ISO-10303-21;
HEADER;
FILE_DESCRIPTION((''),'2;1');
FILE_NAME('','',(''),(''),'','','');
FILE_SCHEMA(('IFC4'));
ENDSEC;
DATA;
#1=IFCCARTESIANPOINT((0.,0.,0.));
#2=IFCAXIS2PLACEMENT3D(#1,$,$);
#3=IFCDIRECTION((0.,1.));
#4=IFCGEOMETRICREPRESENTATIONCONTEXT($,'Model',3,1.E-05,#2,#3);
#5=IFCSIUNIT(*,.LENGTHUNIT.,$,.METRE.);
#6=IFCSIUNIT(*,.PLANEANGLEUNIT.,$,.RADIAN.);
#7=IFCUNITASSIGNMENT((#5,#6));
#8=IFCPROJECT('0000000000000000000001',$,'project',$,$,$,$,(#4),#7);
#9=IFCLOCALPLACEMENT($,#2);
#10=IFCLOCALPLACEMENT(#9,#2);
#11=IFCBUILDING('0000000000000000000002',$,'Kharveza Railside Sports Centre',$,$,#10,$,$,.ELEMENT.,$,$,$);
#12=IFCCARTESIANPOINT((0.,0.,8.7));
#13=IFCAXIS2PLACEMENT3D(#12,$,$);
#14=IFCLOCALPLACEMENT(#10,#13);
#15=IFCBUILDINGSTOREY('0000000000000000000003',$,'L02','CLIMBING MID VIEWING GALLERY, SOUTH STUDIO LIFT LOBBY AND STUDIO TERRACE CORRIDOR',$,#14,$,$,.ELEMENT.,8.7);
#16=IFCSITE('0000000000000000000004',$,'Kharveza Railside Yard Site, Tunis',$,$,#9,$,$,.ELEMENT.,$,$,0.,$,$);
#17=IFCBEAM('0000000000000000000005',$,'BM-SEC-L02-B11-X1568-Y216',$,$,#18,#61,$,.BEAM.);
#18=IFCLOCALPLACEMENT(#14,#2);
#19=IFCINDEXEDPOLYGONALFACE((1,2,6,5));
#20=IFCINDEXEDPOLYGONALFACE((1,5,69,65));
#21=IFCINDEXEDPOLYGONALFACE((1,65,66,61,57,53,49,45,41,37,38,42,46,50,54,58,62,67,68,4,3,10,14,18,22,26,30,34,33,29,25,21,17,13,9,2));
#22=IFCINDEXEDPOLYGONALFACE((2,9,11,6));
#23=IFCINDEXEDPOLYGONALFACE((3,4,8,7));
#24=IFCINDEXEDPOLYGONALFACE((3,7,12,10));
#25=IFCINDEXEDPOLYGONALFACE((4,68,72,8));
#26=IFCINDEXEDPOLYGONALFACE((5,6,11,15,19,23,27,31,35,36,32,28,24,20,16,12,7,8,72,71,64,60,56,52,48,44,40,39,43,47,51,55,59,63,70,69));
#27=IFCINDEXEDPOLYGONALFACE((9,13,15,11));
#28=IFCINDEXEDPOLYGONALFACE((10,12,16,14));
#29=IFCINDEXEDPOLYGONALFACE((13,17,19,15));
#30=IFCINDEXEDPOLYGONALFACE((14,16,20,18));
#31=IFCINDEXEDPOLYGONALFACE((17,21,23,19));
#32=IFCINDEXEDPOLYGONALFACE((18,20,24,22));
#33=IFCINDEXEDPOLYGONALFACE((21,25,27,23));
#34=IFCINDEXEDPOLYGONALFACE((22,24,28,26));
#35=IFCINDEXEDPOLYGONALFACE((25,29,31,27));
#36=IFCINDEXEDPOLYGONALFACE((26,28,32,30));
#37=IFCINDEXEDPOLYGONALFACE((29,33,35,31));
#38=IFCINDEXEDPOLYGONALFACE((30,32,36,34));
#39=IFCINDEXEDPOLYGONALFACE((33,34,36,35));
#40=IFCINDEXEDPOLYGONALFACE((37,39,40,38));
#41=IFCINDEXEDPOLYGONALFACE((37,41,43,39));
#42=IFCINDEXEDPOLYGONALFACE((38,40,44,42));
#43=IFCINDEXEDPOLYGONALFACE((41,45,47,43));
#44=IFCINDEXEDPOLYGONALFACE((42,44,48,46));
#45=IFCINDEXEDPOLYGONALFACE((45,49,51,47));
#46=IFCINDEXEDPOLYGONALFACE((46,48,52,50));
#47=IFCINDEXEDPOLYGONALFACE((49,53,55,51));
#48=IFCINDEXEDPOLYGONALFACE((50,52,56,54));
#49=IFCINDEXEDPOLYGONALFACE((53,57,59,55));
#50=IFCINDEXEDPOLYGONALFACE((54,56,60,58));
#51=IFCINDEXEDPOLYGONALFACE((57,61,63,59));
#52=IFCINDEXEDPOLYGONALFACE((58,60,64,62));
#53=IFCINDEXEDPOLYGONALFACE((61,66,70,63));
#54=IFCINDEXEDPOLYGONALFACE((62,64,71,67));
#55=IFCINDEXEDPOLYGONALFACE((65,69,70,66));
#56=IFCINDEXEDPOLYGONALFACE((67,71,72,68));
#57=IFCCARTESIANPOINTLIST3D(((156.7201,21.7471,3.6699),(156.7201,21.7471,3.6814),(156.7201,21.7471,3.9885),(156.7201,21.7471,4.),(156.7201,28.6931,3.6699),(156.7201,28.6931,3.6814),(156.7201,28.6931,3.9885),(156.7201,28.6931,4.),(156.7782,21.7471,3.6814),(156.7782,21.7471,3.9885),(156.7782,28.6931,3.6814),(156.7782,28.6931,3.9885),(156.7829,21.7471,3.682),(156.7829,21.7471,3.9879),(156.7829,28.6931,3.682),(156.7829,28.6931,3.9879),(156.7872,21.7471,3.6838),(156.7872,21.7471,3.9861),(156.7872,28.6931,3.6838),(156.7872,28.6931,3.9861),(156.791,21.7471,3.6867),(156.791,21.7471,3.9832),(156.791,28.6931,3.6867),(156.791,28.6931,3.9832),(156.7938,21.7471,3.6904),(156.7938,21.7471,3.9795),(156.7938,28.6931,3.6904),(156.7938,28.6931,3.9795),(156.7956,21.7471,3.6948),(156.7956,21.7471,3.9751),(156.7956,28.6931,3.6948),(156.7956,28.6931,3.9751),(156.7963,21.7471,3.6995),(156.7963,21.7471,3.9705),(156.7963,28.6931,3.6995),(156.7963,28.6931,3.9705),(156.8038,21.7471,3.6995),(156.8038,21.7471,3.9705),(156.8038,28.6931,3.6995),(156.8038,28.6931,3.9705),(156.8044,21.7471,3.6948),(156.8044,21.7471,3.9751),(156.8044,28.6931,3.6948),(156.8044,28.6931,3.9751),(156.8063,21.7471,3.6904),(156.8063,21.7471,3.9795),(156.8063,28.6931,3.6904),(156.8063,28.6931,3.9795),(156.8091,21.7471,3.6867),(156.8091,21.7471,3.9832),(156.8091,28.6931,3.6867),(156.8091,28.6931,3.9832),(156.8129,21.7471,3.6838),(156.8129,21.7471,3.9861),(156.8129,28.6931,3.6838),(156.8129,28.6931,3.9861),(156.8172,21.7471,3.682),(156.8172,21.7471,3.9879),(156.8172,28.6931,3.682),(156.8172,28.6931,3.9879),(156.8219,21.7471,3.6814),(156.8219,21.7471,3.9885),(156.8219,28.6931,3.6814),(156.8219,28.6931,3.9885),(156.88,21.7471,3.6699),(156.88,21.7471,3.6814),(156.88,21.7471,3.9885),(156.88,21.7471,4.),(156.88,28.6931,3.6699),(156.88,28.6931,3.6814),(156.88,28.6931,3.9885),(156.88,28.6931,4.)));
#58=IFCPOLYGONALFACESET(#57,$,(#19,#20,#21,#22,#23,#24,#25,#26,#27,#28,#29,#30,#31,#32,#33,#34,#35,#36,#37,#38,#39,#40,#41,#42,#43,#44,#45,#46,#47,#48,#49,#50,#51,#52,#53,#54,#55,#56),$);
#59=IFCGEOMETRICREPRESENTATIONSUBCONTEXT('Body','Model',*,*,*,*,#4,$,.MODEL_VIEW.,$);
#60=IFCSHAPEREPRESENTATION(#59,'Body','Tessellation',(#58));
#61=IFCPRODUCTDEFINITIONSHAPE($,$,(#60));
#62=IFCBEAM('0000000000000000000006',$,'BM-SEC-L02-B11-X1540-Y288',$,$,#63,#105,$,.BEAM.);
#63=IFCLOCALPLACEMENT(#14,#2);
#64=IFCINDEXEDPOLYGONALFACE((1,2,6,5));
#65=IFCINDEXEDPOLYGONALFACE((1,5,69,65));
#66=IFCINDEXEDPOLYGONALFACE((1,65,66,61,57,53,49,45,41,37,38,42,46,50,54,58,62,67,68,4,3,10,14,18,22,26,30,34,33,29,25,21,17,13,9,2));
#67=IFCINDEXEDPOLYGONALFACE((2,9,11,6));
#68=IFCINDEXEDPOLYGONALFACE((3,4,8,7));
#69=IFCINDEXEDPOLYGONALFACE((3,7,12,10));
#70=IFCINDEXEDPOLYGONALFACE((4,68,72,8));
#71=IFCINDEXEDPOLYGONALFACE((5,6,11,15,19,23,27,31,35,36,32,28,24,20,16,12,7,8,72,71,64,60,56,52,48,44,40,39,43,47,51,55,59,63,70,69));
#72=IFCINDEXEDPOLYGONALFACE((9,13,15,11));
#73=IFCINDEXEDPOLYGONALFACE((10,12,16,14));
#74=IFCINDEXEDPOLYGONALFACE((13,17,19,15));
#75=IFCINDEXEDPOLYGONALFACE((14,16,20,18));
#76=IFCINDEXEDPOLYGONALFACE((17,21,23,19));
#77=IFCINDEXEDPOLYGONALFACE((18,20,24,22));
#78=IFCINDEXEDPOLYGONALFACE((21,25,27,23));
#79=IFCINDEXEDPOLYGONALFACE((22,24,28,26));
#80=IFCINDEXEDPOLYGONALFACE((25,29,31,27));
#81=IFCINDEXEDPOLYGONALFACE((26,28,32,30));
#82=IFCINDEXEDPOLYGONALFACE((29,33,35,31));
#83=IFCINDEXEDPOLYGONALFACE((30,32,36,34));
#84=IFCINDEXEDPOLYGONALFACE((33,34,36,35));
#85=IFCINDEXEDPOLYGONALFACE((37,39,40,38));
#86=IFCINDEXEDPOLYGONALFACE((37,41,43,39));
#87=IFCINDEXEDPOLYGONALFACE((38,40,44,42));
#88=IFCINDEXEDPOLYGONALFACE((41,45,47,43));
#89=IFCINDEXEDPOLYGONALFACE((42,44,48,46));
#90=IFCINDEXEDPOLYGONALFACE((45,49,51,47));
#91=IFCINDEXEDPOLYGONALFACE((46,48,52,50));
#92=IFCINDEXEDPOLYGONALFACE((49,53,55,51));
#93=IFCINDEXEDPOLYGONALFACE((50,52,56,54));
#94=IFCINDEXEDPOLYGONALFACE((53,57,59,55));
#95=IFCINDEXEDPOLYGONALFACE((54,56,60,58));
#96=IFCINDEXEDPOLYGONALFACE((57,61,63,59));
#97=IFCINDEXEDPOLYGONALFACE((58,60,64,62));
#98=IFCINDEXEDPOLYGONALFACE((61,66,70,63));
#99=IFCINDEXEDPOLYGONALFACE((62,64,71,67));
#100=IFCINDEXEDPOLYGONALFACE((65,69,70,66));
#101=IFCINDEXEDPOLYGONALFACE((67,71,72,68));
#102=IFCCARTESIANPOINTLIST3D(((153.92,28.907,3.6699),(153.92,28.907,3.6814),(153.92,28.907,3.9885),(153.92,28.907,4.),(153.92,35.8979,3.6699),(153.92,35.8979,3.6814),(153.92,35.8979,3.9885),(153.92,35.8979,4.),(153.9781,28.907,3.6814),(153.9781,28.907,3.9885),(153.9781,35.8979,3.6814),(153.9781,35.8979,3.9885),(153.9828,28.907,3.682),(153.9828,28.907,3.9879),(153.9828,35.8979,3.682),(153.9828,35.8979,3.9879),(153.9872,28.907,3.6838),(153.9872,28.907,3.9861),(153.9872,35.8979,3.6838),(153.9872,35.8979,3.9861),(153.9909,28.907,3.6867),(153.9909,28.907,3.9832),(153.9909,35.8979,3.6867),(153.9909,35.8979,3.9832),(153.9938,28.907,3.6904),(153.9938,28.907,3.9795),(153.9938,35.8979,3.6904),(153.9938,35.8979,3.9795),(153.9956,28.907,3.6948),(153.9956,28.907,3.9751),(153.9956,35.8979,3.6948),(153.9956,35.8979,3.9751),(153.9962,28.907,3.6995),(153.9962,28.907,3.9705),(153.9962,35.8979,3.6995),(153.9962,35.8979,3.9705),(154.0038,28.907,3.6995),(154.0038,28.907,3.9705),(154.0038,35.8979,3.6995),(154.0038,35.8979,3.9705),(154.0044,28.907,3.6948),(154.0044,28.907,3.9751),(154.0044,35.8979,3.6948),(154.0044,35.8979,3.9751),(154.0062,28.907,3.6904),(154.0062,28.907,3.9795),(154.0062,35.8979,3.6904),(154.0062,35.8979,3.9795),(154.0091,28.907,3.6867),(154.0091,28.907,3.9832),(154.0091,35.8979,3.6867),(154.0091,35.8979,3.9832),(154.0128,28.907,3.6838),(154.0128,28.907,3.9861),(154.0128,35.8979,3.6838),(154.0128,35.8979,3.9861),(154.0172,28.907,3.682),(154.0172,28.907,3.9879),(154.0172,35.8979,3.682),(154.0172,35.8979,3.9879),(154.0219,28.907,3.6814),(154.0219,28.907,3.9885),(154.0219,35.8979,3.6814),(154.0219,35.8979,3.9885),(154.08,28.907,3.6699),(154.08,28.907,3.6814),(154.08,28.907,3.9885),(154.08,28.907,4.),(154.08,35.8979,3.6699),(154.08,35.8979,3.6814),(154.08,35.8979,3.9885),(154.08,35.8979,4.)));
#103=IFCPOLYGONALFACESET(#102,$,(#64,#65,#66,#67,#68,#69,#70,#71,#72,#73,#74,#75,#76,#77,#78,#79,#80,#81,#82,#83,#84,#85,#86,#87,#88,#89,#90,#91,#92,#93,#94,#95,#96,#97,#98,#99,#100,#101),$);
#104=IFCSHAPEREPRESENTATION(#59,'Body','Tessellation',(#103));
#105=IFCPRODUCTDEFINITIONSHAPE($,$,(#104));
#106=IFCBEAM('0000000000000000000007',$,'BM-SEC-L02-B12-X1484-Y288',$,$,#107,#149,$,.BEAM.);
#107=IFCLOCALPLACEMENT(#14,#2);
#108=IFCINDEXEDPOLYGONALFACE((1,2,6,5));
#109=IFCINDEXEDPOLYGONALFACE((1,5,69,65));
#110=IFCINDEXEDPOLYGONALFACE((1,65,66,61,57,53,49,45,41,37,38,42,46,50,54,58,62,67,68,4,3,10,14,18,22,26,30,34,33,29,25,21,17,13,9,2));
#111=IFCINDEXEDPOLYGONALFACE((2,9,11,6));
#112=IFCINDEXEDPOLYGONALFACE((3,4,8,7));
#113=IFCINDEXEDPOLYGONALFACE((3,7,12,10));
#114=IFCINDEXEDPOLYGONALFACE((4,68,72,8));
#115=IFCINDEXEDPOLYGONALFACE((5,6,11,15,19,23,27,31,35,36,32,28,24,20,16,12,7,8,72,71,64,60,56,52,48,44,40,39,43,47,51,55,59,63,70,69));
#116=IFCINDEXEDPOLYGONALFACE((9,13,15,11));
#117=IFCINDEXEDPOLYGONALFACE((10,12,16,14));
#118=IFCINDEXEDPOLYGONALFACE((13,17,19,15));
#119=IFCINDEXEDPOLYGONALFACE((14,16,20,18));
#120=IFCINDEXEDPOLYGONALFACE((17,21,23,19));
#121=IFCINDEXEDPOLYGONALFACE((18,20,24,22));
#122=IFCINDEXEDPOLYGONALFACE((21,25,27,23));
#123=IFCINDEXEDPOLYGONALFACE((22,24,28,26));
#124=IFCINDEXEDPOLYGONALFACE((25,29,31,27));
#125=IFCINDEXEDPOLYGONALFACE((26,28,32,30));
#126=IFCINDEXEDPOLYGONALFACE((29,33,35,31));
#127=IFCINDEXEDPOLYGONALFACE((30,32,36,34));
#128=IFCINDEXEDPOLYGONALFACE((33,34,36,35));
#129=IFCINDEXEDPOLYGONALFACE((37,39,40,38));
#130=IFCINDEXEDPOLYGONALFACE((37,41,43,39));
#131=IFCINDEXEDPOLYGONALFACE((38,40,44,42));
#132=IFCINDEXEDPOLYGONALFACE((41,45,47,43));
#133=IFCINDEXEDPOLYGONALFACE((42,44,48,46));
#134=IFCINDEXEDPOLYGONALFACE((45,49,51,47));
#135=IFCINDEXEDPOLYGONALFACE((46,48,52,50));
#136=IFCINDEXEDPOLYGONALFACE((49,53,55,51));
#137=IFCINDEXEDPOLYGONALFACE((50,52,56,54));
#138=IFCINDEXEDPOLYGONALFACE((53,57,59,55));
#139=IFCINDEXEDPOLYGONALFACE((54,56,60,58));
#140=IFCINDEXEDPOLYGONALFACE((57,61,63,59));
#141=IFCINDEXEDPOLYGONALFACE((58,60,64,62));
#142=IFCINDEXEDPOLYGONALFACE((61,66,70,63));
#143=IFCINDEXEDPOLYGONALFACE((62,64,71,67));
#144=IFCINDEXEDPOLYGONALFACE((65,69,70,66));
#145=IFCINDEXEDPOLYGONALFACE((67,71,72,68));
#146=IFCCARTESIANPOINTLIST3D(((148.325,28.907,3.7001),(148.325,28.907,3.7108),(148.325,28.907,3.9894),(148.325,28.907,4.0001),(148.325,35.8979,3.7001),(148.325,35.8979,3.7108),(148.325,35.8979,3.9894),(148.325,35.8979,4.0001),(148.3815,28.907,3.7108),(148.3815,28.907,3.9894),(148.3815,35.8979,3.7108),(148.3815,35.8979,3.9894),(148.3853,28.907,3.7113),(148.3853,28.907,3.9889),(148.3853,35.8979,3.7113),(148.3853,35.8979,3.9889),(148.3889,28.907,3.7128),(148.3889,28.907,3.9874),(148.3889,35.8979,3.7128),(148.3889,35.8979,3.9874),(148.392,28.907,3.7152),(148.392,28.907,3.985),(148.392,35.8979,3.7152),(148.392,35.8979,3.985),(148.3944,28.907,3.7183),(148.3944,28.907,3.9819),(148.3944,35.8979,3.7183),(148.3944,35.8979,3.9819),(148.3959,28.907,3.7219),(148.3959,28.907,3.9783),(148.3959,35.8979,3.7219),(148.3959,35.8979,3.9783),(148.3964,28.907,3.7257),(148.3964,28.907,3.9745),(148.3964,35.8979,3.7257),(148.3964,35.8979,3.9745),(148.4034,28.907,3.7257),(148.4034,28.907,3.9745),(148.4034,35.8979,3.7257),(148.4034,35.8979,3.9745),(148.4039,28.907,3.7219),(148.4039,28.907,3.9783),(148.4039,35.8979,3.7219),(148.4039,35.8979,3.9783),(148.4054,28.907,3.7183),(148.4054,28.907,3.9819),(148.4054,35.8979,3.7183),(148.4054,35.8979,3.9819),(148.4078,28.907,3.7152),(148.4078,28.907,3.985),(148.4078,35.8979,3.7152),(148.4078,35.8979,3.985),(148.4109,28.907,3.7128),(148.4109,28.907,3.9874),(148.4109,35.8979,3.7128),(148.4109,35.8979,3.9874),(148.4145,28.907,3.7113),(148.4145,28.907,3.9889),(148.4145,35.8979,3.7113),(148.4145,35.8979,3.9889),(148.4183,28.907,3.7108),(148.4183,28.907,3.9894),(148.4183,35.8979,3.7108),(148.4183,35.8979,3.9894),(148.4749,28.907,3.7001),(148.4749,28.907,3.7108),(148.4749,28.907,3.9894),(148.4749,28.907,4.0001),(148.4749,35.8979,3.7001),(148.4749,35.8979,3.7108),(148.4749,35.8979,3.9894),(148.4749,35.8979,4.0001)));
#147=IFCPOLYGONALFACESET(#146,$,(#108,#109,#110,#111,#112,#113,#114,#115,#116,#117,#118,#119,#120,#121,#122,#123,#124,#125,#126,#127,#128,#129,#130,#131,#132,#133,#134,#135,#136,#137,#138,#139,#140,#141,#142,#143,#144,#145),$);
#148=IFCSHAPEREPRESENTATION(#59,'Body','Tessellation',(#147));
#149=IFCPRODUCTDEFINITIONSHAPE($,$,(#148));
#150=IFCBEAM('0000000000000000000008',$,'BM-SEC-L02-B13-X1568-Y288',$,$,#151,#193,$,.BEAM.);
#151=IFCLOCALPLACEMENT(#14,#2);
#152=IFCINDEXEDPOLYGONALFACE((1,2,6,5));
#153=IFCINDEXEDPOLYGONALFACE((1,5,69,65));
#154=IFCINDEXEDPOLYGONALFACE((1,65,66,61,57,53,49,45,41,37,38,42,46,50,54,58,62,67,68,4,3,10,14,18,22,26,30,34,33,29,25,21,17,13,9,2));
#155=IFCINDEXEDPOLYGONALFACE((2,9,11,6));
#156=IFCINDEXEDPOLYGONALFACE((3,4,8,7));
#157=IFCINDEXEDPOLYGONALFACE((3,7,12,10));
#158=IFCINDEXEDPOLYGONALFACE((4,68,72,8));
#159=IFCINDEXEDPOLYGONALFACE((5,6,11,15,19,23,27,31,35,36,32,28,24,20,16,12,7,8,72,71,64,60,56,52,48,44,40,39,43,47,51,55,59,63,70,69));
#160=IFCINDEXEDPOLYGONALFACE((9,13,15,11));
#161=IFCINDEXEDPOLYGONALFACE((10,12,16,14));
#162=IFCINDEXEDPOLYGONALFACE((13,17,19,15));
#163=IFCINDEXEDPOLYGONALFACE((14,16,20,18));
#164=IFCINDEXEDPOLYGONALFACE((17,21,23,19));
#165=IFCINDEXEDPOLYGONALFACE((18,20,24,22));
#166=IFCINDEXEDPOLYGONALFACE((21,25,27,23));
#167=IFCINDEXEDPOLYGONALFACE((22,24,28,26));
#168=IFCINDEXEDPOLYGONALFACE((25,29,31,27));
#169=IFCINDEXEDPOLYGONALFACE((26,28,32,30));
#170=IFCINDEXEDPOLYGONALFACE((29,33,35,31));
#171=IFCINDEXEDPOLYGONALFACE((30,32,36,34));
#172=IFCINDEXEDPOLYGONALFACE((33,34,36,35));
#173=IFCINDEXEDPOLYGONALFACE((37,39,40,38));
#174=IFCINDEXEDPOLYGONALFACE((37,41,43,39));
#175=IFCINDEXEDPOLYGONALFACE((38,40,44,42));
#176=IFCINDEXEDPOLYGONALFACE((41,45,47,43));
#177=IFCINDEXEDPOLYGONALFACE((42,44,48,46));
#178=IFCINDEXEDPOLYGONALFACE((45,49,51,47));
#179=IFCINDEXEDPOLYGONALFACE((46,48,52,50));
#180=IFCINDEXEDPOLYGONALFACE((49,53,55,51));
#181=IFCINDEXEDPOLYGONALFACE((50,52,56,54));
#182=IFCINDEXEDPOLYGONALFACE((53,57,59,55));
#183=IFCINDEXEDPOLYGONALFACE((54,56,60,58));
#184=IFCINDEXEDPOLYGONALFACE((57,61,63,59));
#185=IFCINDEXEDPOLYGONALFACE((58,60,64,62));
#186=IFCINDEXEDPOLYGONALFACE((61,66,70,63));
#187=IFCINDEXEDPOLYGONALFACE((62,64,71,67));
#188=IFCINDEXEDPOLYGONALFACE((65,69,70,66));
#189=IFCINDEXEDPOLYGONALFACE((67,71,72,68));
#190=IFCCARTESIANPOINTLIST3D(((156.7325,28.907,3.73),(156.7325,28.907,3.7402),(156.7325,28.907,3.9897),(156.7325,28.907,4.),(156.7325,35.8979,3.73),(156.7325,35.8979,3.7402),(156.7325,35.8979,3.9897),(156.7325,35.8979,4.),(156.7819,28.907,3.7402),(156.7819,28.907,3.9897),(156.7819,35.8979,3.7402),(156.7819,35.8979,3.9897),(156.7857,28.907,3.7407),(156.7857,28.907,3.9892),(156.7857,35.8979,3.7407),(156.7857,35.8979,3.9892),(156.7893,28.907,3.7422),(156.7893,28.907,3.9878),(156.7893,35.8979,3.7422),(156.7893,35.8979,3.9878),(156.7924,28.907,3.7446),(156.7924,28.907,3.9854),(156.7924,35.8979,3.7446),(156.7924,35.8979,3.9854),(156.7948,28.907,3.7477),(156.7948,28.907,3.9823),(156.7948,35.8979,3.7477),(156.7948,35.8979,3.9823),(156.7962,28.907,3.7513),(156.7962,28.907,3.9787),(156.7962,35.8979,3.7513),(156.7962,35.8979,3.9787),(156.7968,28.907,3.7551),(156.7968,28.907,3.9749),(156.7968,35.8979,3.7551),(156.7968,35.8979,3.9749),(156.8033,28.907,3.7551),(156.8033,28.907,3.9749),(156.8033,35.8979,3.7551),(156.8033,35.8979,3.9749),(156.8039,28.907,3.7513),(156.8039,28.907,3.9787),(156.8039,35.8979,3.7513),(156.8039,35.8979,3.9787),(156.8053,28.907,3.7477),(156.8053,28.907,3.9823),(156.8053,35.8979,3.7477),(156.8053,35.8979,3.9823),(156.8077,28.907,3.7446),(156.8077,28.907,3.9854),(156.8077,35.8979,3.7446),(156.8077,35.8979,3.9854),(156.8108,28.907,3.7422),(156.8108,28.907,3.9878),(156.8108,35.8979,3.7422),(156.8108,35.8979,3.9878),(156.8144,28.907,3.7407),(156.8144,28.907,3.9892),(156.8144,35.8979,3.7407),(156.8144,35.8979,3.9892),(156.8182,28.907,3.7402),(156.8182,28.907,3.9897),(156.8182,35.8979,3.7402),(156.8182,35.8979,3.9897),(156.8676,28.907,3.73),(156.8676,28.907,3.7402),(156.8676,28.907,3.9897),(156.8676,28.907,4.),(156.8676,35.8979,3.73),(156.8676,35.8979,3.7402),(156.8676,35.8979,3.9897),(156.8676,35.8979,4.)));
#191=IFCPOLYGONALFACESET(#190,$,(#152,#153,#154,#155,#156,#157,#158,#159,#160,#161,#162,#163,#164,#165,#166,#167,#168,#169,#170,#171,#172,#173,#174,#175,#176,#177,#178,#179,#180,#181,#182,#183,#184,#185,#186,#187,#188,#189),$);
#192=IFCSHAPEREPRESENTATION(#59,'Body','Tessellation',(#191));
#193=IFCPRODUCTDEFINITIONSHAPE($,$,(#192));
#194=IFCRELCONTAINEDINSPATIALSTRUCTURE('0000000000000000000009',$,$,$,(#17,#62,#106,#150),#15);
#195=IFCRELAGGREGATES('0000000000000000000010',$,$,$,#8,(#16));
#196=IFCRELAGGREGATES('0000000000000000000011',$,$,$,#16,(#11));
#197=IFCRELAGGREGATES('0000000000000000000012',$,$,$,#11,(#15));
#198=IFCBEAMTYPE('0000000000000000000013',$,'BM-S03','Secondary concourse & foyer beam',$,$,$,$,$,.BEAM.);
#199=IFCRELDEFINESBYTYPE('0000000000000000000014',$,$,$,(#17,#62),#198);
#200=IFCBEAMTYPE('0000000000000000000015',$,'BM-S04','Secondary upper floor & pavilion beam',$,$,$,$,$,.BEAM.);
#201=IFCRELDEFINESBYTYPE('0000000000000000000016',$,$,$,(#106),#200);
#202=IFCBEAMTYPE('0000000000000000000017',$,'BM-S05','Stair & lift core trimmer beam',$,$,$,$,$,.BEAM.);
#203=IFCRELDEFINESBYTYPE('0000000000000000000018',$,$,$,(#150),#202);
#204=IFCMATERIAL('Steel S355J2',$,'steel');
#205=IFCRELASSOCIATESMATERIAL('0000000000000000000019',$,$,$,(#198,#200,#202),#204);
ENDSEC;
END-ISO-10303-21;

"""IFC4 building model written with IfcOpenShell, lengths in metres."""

from ifc_helpers import new_model, si_unit, direction, frame, origin, origin_2d, place, context, subcontext, project, spatial, i_section, extrude, material, material_profile, profile_set, type_object, element, save


model = new_model("IFC4")

# Units and contexts
model_context = context("Model", 3, precision=1e-05, world=origin(), true_north=direction((0.0, 1.0)))
body_context = subcontext(model_context, "Body", "Model", "MODEL_VIEW")
ifc_project = project(units=[si_unit("LENGTHUNIT", "METRE"), si_unit("PLANEANGLEUNIT", "RADIAN")], contexts=[model_context])

# Site, building, storey
site_placement = place(None, origin())
site = spatial("IfcSite", under=ifc_project, at=site_placement, Name="Kharveza Railside Yard Site, Tunis", CompositionType="ELEMENT", RefElevation=0.0)
building_placement = place(site_placement, origin())
building = spatial("IfcBuilding", under=site, at=building_placement, Name="Kharveza Railside Sports Centre", CompositionType="ELEMENT")
storey_placement = place(building_placement, frame((0.0, 0.0, 8.7)))
storey = spatial("IfcBuildingStorey", under=building, at=storey_placement, Name="L02", Description="CLIMBING MID VIEWING GALLERY, SOUTH STUDIO LIFT LOBBY AND STUDIO TERRACE CORRIDOR", CompositionType="ELEMENT", Elevation=8.7)

# Shared definitions
ifc_material_1 = material(Name="Steel S355J2", Category="steel")

# Beams
ifc_material_profile_1 = material_profile(ifc_material_1, i_section(OverallWidth=0.1599, OverallDepth=0.3301, WebThickness=0.0076, FlangeThickness=0.0115, FilletRadius=0.0181, at=origin_2d()), Name="IPE 330")
ifc_profile_set_1 = profile_set([ifc_material_profile_1], Name="Steel S355J2")
beam_type_1 = type_object("IfcBeamType", Name="BM-S03", Description="Secondary concourse & foyer beam", PredefinedType="BEAM", material=ifc_profile_set_1)
beam_1_placement = place(storey_placement, frame((156.8, 21.7471, 3.835), z_axis=(0.0, 1.0, 0.0), x_axis=(-1.0, 0.0, 0.0)))
element("IfcBeam", 1, at=beam_1_placement, inside=storey, type_object=beam_type_1, Name="BM-SEC-L02-B11-X1568-Y216", PredefinedType="BEAM", context=body_context, shape_type="SweptSolid", body=[
    extrude(i_section(OverallWidth=0.1599, OverallDepth=0.3301, WebThickness=0.0076, FlangeThickness=0.0115, FilletRadius=0.0181, at=origin_2d()), origin(), (0.0, 0.0, 1.0), 6.946),
])
beam_2_placement = place(storey_placement, frame((154.0, 28.907, 3.835), z_axis=(0.0, 1.0, 0.0), x_axis=(-1.0, 0.0, 0.0)))
element("IfcBeam", 2, at=beam_2_placement, inside=storey, type_object=beam_type_1, Name="BM-SEC-L02-B11-X1540-Y288", PredefinedType="BEAM", context=body_context, shape_type="SweptSolid", body=[
    extrude(i_section(OverallWidth=0.1599, OverallDepth=0.3301, WebThickness=0.0076, FlangeThickness=0.0115, FilletRadius=0.0181, at=origin_2d()), origin(), (0.0, 0.0, 1.0), 6.991),
])
ifc_material_profile_2 = material_profile(ifc_material_1, i_section(OverallWidth=0.1499, OverallDepth=0.3, WebThickness=0.0071, FlangeThickness=0.0107, FilletRadius=0.0149, at=origin_2d()), Name="IPE 300")
ifc_profile_set_2 = profile_set([ifc_material_profile_2], Name="Steel S355J2")
beam_type_2 = type_object("IfcBeamType", Name="BM-S04", Description="Secondary upper floor & pavilion beam", PredefinedType="BEAM", material=ifc_profile_set_2)
beam_3_placement = place(storey_placement, frame((148.3999, 28.907, 3.8501), z_axis=(0.0, 1.0, 0.0), x_axis=(-1.0, 0.0, 0.0)))
element("IfcBeam", 3, at=beam_3_placement, inside=storey, type_object=beam_type_2, Name="BM-SEC-L02-B12-X1484-Y288", PredefinedType="BEAM", context=body_context, shape_type="SweptSolid", body=[
    extrude(i_section(OverallWidth=0.1499, OverallDepth=0.3, WebThickness=0.0071, FlangeThickness=0.0107, FilletRadius=0.0149, at=origin_2d()), origin(), (0.0, 0.0, 1.0), 6.991),
])
ifc_material_profile_3 = material_profile(ifc_material_1, i_section(OverallWidth=0.135, OverallDepth=0.27, WebThickness=0.0066, FlangeThickness=0.0103, FilletRadius=0.0149, at=origin_2d()), Name="IPE 270")
ifc_profile_set_3 = profile_set([ifc_material_profile_3], Name="Steel S355J2")
beam_type_3 = type_object("IfcBeamType", Name="BM-S05", Description="Stair & lift core trimmer beam", PredefinedType="BEAM", material=ifc_profile_set_3)
beam_4_placement = place(storey_placement, frame((156.8, 28.907, 3.865), z_axis=(0.0, 1.0, 0.0), x_axis=(-1.0, 0.0, 0.0)))
element("IfcBeam", 4, at=beam_4_placement, inside=storey, type_object=beam_type_3, Name="BM-SEC-L02-B13-X1568-Y288", PredefinedType="BEAM", context=body_context, shape_type="SweptSolid", body=[
    extrude(i_section(OverallWidth=0.135, OverallDepth=0.27, WebThickness=0.0066, FlangeThickness=0.0103, FilletRadius=0.0149, at=origin_2d()), origin(), (0.0, 0.0, 1.0), 6.991),
])

save(model, "model.ifc")
